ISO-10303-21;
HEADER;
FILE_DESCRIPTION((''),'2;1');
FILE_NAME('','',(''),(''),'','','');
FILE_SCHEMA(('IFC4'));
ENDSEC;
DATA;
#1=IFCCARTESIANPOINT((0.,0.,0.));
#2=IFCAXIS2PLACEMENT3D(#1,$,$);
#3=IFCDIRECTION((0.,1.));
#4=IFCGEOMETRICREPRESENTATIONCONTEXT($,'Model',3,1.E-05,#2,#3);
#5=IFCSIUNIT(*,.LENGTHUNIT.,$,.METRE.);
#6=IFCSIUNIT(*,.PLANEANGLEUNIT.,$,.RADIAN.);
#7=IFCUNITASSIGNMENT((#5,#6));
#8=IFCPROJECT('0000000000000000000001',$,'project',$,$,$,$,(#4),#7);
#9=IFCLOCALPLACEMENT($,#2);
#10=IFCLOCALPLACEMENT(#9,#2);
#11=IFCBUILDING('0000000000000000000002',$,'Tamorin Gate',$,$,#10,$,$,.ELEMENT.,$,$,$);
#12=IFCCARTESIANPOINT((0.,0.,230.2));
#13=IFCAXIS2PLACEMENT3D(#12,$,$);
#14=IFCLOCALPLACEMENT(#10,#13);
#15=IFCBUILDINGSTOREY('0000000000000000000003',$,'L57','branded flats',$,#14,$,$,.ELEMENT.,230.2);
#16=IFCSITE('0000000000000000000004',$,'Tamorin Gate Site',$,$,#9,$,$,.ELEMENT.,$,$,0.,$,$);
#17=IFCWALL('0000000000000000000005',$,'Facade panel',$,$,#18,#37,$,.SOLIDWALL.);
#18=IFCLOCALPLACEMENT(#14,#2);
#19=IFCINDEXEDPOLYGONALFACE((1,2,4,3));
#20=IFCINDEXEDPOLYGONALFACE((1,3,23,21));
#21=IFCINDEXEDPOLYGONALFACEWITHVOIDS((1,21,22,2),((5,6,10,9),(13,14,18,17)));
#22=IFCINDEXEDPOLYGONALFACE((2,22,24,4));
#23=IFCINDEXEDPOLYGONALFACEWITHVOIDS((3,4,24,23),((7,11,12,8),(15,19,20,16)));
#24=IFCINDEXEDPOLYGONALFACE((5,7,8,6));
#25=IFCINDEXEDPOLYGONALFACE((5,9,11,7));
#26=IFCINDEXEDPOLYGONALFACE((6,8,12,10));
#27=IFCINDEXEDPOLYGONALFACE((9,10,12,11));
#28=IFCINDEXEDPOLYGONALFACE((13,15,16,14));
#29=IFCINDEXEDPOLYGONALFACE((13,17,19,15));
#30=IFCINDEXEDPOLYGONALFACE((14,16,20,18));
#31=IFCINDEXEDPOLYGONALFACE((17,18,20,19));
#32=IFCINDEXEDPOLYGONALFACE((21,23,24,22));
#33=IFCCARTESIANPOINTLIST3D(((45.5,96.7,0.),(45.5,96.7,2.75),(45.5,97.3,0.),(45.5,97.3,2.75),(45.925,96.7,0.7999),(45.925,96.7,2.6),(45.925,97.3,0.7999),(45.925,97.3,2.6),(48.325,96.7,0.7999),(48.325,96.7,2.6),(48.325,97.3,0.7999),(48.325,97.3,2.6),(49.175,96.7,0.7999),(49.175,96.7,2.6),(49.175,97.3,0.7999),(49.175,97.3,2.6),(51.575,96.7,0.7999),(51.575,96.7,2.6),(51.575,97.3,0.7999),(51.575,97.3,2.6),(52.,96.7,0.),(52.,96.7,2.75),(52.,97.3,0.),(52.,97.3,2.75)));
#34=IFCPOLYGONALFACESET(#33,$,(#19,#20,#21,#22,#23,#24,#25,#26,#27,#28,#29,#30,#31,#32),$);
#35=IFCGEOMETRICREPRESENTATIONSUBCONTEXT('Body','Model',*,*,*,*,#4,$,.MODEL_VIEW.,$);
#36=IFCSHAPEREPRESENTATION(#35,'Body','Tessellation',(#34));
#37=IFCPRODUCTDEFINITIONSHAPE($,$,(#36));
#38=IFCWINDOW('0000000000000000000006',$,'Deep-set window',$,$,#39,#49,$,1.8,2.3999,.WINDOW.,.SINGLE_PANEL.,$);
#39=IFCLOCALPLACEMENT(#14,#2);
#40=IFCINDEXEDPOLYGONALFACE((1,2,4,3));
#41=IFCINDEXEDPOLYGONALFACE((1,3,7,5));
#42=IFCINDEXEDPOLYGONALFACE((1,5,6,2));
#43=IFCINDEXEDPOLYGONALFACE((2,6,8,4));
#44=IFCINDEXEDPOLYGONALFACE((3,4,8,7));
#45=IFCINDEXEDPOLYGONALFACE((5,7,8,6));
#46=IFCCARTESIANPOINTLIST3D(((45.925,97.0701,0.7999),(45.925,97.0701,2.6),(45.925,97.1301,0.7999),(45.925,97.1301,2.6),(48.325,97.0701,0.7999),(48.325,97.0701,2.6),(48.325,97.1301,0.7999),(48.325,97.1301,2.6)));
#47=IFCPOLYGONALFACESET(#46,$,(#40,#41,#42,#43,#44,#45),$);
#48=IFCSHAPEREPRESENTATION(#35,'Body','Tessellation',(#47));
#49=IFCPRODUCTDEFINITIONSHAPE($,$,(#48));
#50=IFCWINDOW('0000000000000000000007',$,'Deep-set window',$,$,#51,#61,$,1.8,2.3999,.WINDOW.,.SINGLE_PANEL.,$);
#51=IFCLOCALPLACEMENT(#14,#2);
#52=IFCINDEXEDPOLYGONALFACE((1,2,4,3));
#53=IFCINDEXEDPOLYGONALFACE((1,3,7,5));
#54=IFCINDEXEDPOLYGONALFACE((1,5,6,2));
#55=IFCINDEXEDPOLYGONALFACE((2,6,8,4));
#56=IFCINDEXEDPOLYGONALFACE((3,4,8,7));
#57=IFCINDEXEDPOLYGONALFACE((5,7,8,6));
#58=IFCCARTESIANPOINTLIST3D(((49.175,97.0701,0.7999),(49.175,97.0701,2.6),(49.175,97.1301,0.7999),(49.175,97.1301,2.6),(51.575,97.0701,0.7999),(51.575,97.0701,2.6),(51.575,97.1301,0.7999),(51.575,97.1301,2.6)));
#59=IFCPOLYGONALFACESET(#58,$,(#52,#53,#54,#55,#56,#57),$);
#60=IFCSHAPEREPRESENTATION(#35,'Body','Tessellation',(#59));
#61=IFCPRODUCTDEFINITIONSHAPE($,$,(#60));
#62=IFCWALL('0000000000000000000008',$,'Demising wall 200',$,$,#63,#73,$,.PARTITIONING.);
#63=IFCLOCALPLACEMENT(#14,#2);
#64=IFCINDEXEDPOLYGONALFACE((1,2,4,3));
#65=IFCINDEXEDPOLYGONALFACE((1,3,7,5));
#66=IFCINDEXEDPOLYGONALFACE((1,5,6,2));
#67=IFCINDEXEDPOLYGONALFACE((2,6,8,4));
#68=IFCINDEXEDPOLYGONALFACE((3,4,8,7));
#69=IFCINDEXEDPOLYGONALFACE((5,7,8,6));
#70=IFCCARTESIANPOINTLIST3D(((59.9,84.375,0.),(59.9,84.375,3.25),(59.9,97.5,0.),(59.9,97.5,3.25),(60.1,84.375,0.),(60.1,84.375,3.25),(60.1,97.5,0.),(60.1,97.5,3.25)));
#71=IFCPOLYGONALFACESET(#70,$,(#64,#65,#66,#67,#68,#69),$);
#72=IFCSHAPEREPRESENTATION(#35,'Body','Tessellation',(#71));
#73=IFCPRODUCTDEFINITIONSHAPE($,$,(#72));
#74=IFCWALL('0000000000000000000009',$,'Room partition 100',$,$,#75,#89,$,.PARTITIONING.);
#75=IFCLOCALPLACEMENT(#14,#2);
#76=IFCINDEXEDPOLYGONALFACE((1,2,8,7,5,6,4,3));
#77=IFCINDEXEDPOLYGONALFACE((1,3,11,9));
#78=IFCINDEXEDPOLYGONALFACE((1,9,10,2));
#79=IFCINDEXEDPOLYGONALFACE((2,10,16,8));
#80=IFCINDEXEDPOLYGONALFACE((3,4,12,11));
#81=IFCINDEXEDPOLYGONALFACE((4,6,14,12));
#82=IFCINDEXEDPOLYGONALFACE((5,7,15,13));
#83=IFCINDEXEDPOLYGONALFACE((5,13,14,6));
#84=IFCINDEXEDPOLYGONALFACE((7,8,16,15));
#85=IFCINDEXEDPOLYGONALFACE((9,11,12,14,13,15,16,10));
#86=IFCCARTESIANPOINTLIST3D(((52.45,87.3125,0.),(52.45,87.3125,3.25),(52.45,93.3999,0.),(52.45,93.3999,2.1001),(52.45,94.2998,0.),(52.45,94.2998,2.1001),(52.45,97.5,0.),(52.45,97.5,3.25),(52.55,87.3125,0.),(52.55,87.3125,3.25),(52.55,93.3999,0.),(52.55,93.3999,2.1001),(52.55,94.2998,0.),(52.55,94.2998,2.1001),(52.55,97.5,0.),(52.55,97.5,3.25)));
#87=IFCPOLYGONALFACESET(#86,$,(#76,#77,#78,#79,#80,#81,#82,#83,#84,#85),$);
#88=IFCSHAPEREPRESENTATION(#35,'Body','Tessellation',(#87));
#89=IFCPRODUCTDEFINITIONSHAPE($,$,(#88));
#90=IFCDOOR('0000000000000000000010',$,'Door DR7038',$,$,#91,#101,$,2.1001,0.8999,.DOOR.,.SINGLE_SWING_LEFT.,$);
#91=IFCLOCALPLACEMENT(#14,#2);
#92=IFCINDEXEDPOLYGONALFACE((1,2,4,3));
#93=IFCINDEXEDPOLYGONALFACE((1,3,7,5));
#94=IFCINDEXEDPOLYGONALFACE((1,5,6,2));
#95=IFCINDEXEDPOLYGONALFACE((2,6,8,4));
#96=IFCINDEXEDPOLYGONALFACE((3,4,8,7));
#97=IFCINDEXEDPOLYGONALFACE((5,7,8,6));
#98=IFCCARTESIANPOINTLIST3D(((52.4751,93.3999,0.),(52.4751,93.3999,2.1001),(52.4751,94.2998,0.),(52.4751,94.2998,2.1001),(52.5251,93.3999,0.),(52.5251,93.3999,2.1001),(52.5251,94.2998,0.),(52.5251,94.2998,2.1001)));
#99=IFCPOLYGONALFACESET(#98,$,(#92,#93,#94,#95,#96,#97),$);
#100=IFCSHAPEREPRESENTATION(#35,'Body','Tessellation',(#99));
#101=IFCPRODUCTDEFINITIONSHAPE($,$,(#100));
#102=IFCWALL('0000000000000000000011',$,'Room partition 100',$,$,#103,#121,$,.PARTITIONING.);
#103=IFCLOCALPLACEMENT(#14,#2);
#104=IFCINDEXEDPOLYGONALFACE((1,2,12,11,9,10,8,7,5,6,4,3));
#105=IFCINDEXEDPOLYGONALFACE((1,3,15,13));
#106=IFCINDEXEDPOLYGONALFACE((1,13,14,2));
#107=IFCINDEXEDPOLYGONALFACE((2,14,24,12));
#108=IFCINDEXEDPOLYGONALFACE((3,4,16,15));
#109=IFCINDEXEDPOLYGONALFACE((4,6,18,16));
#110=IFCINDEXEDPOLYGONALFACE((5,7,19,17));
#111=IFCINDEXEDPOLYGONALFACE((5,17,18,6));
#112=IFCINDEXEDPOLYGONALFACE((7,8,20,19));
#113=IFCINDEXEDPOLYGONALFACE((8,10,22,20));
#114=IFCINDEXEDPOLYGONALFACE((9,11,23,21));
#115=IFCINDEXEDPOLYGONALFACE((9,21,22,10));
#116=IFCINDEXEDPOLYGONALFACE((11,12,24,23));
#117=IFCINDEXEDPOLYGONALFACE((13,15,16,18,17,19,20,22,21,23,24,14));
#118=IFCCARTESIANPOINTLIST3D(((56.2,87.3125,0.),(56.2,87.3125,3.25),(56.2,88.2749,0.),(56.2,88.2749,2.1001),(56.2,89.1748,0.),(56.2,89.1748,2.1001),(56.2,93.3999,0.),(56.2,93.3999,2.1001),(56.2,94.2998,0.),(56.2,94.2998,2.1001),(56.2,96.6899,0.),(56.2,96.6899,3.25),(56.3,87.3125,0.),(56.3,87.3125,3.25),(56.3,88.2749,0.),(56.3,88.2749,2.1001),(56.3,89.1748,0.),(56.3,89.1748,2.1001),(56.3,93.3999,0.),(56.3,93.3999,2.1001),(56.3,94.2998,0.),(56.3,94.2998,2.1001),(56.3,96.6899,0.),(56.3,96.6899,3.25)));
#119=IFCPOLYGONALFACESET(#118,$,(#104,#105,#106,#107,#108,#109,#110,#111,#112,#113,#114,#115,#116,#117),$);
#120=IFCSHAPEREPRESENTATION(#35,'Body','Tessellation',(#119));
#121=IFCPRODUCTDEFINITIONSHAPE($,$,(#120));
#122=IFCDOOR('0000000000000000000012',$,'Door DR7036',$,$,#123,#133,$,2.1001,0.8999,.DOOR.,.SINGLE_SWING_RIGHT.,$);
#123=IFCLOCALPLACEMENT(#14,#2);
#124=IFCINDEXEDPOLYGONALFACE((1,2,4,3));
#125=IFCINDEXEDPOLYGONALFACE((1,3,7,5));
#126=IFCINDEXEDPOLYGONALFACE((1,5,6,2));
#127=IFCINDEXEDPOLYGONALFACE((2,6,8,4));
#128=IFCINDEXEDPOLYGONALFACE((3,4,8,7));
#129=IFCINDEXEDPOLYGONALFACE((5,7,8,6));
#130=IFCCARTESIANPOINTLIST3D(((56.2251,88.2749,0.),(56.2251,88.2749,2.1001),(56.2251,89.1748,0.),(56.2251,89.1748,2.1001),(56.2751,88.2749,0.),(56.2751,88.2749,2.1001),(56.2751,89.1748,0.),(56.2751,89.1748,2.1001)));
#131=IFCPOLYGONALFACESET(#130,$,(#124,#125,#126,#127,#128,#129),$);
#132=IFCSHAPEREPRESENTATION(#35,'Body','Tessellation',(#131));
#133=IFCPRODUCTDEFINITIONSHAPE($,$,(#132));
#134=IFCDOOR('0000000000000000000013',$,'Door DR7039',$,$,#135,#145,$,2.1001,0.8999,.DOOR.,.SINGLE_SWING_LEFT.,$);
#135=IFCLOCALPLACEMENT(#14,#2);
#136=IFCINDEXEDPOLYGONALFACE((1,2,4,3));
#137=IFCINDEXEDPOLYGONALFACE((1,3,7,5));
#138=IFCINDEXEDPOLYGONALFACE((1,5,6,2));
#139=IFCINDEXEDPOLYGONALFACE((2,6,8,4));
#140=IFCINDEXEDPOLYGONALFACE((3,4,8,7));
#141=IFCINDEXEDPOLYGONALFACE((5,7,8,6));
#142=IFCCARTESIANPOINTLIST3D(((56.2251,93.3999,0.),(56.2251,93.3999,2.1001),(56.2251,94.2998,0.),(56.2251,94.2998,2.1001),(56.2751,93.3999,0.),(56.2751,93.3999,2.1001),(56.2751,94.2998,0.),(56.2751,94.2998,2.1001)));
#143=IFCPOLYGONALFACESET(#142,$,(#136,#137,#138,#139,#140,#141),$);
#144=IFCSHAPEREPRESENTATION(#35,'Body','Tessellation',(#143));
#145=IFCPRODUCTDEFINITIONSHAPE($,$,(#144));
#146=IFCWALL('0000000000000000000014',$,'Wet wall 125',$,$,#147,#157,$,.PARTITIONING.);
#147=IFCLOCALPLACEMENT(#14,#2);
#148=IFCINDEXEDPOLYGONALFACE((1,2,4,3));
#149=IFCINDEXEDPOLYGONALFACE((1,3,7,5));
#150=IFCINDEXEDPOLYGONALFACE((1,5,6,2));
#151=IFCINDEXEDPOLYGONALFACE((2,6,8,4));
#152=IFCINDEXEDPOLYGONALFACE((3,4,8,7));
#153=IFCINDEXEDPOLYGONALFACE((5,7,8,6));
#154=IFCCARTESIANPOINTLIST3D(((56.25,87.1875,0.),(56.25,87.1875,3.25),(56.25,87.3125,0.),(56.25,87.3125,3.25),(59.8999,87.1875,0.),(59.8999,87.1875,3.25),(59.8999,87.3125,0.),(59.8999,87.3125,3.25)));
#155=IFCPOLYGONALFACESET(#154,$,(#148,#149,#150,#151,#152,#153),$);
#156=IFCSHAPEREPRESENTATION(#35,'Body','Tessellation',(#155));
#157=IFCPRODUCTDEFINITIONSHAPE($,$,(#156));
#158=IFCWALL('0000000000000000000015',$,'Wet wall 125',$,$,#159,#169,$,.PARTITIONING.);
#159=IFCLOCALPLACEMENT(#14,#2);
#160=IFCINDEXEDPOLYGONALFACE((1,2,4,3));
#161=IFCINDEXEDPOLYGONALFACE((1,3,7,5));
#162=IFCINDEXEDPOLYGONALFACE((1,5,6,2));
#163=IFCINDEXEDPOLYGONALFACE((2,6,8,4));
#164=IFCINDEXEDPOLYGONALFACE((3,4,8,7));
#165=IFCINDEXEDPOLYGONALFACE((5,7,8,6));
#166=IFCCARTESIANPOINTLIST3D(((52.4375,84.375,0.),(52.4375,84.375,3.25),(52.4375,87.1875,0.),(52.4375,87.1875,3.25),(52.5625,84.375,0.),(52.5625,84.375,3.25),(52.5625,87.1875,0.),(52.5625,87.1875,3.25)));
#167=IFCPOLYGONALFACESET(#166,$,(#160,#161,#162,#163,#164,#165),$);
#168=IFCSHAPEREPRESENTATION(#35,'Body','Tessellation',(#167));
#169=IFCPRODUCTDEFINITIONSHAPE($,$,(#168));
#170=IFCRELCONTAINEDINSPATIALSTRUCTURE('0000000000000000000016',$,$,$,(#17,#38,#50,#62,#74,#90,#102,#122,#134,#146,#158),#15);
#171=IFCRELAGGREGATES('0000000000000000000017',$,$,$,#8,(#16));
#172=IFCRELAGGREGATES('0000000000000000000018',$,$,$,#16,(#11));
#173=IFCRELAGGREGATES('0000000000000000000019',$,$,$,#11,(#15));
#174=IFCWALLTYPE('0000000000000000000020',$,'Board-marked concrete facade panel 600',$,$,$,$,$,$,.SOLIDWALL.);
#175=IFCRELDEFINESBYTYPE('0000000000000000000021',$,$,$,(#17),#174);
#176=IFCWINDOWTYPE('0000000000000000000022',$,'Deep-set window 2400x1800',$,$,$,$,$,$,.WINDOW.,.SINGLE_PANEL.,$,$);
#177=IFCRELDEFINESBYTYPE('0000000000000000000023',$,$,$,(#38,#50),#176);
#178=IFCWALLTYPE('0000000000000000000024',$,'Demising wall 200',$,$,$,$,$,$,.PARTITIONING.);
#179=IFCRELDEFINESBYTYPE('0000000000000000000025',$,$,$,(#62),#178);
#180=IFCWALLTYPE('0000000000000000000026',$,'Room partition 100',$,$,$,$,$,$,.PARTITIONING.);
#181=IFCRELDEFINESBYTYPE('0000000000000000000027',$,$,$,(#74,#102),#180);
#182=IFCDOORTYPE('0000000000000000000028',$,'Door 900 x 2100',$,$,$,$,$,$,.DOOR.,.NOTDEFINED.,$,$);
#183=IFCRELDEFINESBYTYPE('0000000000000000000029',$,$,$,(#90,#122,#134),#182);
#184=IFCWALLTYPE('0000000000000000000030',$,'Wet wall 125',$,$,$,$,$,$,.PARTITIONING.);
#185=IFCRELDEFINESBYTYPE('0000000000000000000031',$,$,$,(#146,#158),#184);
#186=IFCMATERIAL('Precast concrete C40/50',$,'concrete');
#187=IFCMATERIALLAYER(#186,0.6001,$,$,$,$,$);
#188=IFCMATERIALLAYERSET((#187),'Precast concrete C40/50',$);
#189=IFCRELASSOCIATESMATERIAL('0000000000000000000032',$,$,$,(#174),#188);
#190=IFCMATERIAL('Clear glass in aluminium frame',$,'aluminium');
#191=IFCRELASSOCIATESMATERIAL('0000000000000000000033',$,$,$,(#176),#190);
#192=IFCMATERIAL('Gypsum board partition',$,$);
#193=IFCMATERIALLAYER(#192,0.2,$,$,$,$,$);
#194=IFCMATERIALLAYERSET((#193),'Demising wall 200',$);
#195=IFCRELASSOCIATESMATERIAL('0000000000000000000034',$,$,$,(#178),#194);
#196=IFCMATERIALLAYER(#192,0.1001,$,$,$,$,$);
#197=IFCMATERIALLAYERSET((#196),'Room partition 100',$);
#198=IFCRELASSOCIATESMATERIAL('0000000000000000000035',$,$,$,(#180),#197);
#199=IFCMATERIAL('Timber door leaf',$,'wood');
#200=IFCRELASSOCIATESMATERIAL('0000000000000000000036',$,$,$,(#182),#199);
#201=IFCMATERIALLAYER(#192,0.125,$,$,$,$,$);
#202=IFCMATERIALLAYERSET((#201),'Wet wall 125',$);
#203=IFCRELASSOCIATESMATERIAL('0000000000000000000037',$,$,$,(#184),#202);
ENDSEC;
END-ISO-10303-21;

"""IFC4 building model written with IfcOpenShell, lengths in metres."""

from ifc_helpers import new_model, si_unit, direction, frame, frame_2d, origin, place, context, subcontext, project, spatial, rectangle, extrude, material, layer, layer_set, type_object, element, fill, save


model = new_model("IFC4")

# Units and contexts
model_context = context("Model", 3, precision=1e-05, world=origin(), true_north=direction((0.0, 1.0)))
body_context = subcontext(model_context, "Body", "Model", "MODEL_VIEW")
ifc_project = project(units=[si_unit("LENGTHUNIT", "METRE"), si_unit("PLANEANGLEUNIT", "RADIAN")], contexts=[model_context])

# Site, building, storey
site_placement = place(None, origin())
site = spatial("IfcSite", under=ifc_project, at=site_placement, Name="Tamorin Gate Site", CompositionType="ELEMENT", RefElevation=0.0)
building_placement = place(site_placement, origin())
building = spatial("IfcBuilding", under=site, at=building_placement, Name="Tamorin Gate", CompositionType="ELEMENT")
storey_placement = place(building_placement, frame((0.0, 0.0, 230.2)))
storey = spatial("IfcBuildingStorey", under=building, at=storey_placement, Name="L57", Description="branded flats", CompositionType="ELEMENT", Elevation=230.2)

# Wall, openings, windows
ifc_material_1 = material(Name="Precast concrete C40/50", Category="concrete")
ifc_layer_1 = layer(ifc_material_1, 0.6001)
ifc_layer_set_1 = layer_set([ifc_layer_1], Name="Precast concrete C40/50")
wall_type_1 = type_object("IfcWallType", Name="Board-marked concrete facade panel 600", PredefinedType="SOLIDWALL", material=ifc_layer_set_1)
ifc_material_2 = material(Name="Clear glass in aluminium frame", Category="aluminium")
window_type = type_object("IfcWindowType", Name="Deep-set window 2400x1800", PartitioningType="SINGLE_PANEL", PredefinedType="WINDOW", material=ifc_material_2)
wall_1_placement = place(storey_placement, frame((52.0, 97.0, 0.0), z_axis=(0.0, 0.0, 1.0), x_axis=(-1.0, 0.0, 0.0)))
wall_1 = element("IfcWall", 1, at=wall_1_placement, inside=storey, type_object=wall_type_1, Name="Facade panel", PredefinedType="SOLIDWALL", context=body_context, shape_type="SweptSolid", body=[
    extrude(rectangle(XDim=6.5, YDim=0.6001, at=frame_2d((3.25, 0.0))), origin(), (0.0, 0.0, 1.0), 2.75),
])
opening_1_placement = place(wall_1_placement, frame((3.675, 0.0, 0.8)))
opening_1 = element("IfcOpeningElement", 2, at=opening_1_placement, cuts=wall_1, PredefinedType="OPENING", context=body_context, shape_type="SweptSolid", body=[
    extrude(rectangle(XDim=2.3999, YDim=1.8, at=frame_2d((1.2, 0.8999))), frame((0.0, 0.3101, 0.0), z_axis=(0.0, -1.0, 0.0), x_axis=(1.0, 0.0, 0.0)), (0.0, 0.0, 1.0), 0.6201),
])
opening_2_placement = place(wall_1_placement, frame((0.425, 0.0, 0.8)))
opening_2 = element("IfcOpeningElement", 3, at=opening_2_placement, cuts=wall_1, PredefinedType="OPENING", context=body_context, shape_type="SweptSolid", body=[
    extrude(rectangle(XDim=2.3999, YDim=1.8, at=frame_2d((1.2, 0.8999))), frame((0.0, 0.3101, 0.0), z_axis=(0.0, -1.0, 0.0), x_axis=(1.0, 0.0, 0.0)), (0.0, 0.0, 1.0), 0.6201),
])
window_1_placement = place(opening_1_placement, origin())
window_1 = element("IfcWindow", 4, at=window_1_placement, inside=storey, type_object=window_type, Name="Deep-set window", OverallHeight=1.8, OverallWidth=2.3999, PartitioningType="SINGLE_PANEL", PredefinedType="WINDOW", context=body_context, shape_type="SweptSolid", body=[
    extrude(rectangle(XDim=2.3999, YDim=1.8, at=frame_2d((1.2, 0.8999))), frame((0.0, -0.0701, 0.0), z_axis=(0.0, -1.0, 0.0), x_axis=(1.0, 0.0, 0.0)), (0.0, 0.0, 1.0), 0.0601),
])
fill(opening_1, window_1)
window_2_placement = place(opening_2_placement, origin())
window_2 = element("IfcWindow", 5, at=window_2_placement, inside=storey, type_object=window_type, Name="Deep-set window", OverallHeight=1.8, OverallWidth=2.3999, PartitioningType="SINGLE_PANEL", PredefinedType="WINDOW", context=body_context, shape_type="SweptSolid", body=[
    extrude(rectangle(XDim=2.3999, YDim=1.8, at=frame_2d((1.2, 0.8999))), frame((0.0, -0.0701, 0.0), z_axis=(0.0, -1.0, 0.0), x_axis=(1.0, 0.0, 0.0)), (0.0, 0.0, 1.0), 0.0601),
])
fill(opening_2, window_2)

# Wall
ifc_material_3 = material(Name="Gypsum board partition")
ifc_layer_2 = layer(ifc_material_3, 0.2)
ifc_layer_set_2 = layer_set([ifc_layer_2], Name="Demising wall 200")
wall_type_2 = type_object("IfcWallType", Name="Demising wall 200", PredefinedType="PARTITIONING", material=ifc_layer_set_2)
wall_2_placement = place(storey_placement, frame((60.0, 84.375, 0.0), z_axis=(0.0, 0.0, 1.0), x_axis=(0.0, 1.0, 0.0)))
element("IfcWall", 6, at=wall_2_placement, inside=storey, type_object=wall_type_2, Name="Demising wall 200", PredefinedType="PARTITIONING", context=body_context, shape_type="SweptSolid", body=[
    extrude(rectangle(XDim=13.125, YDim=0.2, at=frame_2d((6.5625, 0.0))), origin(), (0.0, 0.0, 1.0), 3.25),
])

# Wall, opening, door
ifc_layer_3 = layer(ifc_material_3, 0.1001)
ifc_layer_set_3 = layer_set([ifc_layer_3], Name="Room partition 100")
wall_type_3 = type_object("IfcWallType", Name="Room partition 100", PredefinedType="PARTITIONING", material=ifc_layer_set_3)
wall_3_placement = place(storey_placement, frame((52.5, 87.3125, 0.0), z_axis=(0.0, 0.0, 1.0), x_axis=(0.0, 1.0, 0.0)))
wall_3 = element("IfcWall", 7, at=wall_3_placement, inside=storey, type_object=wall_type_3, Name="Room partition 100", PredefinedType="PARTITIONING", context=body_context, shape_type="SweptSolid", body=[
    extrude(rectangle(XDim=10.1875, YDim=0.1001, at=frame_2d((5.0938, 0.0))), origin(), (0.0, 0.0, 1.0), 3.25),
])
opening_3_placement = place(wall_3_placement, frame((6.0874, 0.0, 0.0)))
opening_3 = element("IfcOpeningElement", 8, at=opening_3_placement, cuts=wall_3, PredefinedType="OPENING", context=body_context, shape_type="SweptSolid", body=[
    extrude(rectangle(XDim=0.8999, YDim=2.1001, at=frame_2d((0.45, 1.05))), frame((0.0, 0.0601, 0.0), z_axis=(0.0, -1.0, 0.0), x_axis=(1.0, 0.0, 0.0)), (0.0, 0.0, 1.0), 0.1201),
])
ifc_material_4 = material(Name="Timber door leaf", Category="wood")
door_type = type_object("IfcDoorType", Name="Door 900 x 2100", OperationType="NOTDEFINED", PredefinedType="DOOR", material=ifc_material_4)
door_1_placement = place(opening_3_placement, origin())
door_1 = element("IfcDoor", 9, at=door_1_placement, inside=storey, type_object=door_type, Name="Door DR7038", OperationType="SINGLE_SWING_LEFT", OverallHeight=2.1001, OverallWidth=0.8999, PredefinedType="DOOR", context=body_context, shape_type="SweptSolid", body=[
    extrude(rectangle(XDim=0.8999, YDim=2.1001, at=frame_2d((0.45, 1.05))), frame((0.0, 0.0249, 0.0), z_axis=(0.0, -1.0, 0.0), x_axis=(1.0, 0.0, 0.0)), (0.0, 0.0, 1.0), 0.05),
])
fill(opening_3, door_1)

# Wall, openings, doors
wall_4_placement = place(storey_placement, frame((56.25, 87.3125, 0.0), z_axis=(0.0, 0.0, 1.0), x_axis=(0.0, 1.0, 0.0)))
wall_4 = element("IfcWall", 10, at=wall_4_placement, inside=storey, type_object=wall_type_3, Name="Room partition 100", PredefinedType="PARTITIONING", context=body_context, shape_type="SweptSolid", body=[
    extrude(rectangle(XDim=9.3774, YDim=0.1001, at=frame_2d((4.6887, 0.0))), origin(), (0.0, 0.0, 1.0), 3.25),
])
opening_4_placement = place(wall_4_placement, frame((0.9624, 0.0, 0.0)))
opening_4 = element("IfcOpeningElement", 11, at=opening_4_placement, cuts=wall_4, PredefinedType="OPENING", context=body_context, shape_type="SweptSolid", body=[
    extrude(rectangle(XDim=0.8999, YDim=2.1001, at=frame_2d((0.45, 1.05))), frame((0.0, 0.0601, 0.0), z_axis=(0.0, -1.0, 0.0), x_axis=(1.0, 0.0, 0.0)), (0.0, 0.0, 1.0), 0.1201),
])
opening_5_placement = place(wall_4_placement, frame((6.0874, 0.0, 0.0)))
opening_5 = element("IfcOpeningElement", 12, at=opening_5_placement, cuts=wall_4, PredefinedType="OPENING", context=body_context, shape_type="SweptSolid", body=[
    extrude(rectangle(XDim=0.8999, YDim=2.1001, at=frame_2d((0.45, 1.05))), frame((0.0, 0.0601, 0.0), z_axis=(0.0, -1.0, 0.0), x_axis=(1.0, 0.0, 0.0)), (0.0, 0.0, 1.0), 0.1201),
])
door_2_placement = place(opening_4_placement, origin())
door_2 = element("IfcDoor", 13, at=door_2_placement, inside=storey, type_object=door_type, Name="Door DR7036", OperationType="SINGLE_SWING_RIGHT", OverallHeight=2.1001, OverallWidth=0.8999, PredefinedType="DOOR", context=body_context, shape_type="SweptSolid", body=[
    extrude(rectangle(XDim=0.8999, YDim=2.1001, at=frame_2d((0.45, 1.05))), frame((0.0, 0.0249, 0.0), z_axis=(0.0, -1.0, 0.0), x_axis=(1.0, 0.0, 0.0)), (0.0, 0.0, 1.0), 0.05),
])
fill(opening_4, door_2)
door_3_placement = place(opening_5_placement, origin())
door_3 = element("IfcDoor", 14, at=door_3_placement, inside=storey, type_object=door_type, Name="Door DR7039", OperationType="SINGLE_SWING_LEFT", OverallHeight=2.1001, OverallWidth=0.8999, PredefinedType="DOOR", context=body_context, shape_type="SweptSolid", body=[
    extrude(rectangle(XDim=0.8999, YDim=2.1001, at=frame_2d((0.45, 1.05))), frame((0.0, 0.0249, 0.0), z_axis=(0.0, -1.0, 0.0), x_axis=(1.0, 0.0, 0.0)), (0.0, 0.0, 1.0), 0.05),
])
fill(opening_5, door_3)

# Walls
ifc_layer_4 = layer(ifc_material_3, 0.125)
ifc_layer_set_4 = layer_set([ifc_layer_4], Name="Wet wall 125")
wall_type_4 = type_object("IfcWallType", Name="Wet wall 125", PredefinedType="PARTITIONING", material=ifc_layer_set_4)
wall_5_placement = place(storey_placement, frame((56.25, 87.25, 0.0), z_axis=(0.0, 0.0, 1.0), x_axis=(1.0, 0.0, 0.0)))
element("IfcWall", 15, at=wall_5_placement, inside=storey, type_object=wall_type_4, Name="Wet wall 125", PredefinedType="PARTITIONING", context=body_context, shape_type="SweptSolid", body=[
    extrude(rectangle(XDim=3.6499, YDim=0.125, at=frame_2d((1.825, 0.0))), origin(), (0.0, 0.0, 1.0), 3.25),
])
wall_6_placement = place(storey_placement, frame((52.5, 84.375, 0.0), z_axis=(0.0, 0.0, 1.0), x_axis=(0.0, 1.0, 0.0)))
element("IfcWall", 16, at=wall_6_placement, inside=storey, type_object=wall_type_4, Name="Wet wall 125", PredefinedType="PARTITIONING", context=body_context, shape_type="SweptSolid", body=[
    extrude(rectangle(XDim=2.8125, YDim=0.125, at=frame_2d((1.4062, 0.0))), origin(), (0.0, 0.0, 1.0), 3.25),
])

save(model, "model.ifc")
